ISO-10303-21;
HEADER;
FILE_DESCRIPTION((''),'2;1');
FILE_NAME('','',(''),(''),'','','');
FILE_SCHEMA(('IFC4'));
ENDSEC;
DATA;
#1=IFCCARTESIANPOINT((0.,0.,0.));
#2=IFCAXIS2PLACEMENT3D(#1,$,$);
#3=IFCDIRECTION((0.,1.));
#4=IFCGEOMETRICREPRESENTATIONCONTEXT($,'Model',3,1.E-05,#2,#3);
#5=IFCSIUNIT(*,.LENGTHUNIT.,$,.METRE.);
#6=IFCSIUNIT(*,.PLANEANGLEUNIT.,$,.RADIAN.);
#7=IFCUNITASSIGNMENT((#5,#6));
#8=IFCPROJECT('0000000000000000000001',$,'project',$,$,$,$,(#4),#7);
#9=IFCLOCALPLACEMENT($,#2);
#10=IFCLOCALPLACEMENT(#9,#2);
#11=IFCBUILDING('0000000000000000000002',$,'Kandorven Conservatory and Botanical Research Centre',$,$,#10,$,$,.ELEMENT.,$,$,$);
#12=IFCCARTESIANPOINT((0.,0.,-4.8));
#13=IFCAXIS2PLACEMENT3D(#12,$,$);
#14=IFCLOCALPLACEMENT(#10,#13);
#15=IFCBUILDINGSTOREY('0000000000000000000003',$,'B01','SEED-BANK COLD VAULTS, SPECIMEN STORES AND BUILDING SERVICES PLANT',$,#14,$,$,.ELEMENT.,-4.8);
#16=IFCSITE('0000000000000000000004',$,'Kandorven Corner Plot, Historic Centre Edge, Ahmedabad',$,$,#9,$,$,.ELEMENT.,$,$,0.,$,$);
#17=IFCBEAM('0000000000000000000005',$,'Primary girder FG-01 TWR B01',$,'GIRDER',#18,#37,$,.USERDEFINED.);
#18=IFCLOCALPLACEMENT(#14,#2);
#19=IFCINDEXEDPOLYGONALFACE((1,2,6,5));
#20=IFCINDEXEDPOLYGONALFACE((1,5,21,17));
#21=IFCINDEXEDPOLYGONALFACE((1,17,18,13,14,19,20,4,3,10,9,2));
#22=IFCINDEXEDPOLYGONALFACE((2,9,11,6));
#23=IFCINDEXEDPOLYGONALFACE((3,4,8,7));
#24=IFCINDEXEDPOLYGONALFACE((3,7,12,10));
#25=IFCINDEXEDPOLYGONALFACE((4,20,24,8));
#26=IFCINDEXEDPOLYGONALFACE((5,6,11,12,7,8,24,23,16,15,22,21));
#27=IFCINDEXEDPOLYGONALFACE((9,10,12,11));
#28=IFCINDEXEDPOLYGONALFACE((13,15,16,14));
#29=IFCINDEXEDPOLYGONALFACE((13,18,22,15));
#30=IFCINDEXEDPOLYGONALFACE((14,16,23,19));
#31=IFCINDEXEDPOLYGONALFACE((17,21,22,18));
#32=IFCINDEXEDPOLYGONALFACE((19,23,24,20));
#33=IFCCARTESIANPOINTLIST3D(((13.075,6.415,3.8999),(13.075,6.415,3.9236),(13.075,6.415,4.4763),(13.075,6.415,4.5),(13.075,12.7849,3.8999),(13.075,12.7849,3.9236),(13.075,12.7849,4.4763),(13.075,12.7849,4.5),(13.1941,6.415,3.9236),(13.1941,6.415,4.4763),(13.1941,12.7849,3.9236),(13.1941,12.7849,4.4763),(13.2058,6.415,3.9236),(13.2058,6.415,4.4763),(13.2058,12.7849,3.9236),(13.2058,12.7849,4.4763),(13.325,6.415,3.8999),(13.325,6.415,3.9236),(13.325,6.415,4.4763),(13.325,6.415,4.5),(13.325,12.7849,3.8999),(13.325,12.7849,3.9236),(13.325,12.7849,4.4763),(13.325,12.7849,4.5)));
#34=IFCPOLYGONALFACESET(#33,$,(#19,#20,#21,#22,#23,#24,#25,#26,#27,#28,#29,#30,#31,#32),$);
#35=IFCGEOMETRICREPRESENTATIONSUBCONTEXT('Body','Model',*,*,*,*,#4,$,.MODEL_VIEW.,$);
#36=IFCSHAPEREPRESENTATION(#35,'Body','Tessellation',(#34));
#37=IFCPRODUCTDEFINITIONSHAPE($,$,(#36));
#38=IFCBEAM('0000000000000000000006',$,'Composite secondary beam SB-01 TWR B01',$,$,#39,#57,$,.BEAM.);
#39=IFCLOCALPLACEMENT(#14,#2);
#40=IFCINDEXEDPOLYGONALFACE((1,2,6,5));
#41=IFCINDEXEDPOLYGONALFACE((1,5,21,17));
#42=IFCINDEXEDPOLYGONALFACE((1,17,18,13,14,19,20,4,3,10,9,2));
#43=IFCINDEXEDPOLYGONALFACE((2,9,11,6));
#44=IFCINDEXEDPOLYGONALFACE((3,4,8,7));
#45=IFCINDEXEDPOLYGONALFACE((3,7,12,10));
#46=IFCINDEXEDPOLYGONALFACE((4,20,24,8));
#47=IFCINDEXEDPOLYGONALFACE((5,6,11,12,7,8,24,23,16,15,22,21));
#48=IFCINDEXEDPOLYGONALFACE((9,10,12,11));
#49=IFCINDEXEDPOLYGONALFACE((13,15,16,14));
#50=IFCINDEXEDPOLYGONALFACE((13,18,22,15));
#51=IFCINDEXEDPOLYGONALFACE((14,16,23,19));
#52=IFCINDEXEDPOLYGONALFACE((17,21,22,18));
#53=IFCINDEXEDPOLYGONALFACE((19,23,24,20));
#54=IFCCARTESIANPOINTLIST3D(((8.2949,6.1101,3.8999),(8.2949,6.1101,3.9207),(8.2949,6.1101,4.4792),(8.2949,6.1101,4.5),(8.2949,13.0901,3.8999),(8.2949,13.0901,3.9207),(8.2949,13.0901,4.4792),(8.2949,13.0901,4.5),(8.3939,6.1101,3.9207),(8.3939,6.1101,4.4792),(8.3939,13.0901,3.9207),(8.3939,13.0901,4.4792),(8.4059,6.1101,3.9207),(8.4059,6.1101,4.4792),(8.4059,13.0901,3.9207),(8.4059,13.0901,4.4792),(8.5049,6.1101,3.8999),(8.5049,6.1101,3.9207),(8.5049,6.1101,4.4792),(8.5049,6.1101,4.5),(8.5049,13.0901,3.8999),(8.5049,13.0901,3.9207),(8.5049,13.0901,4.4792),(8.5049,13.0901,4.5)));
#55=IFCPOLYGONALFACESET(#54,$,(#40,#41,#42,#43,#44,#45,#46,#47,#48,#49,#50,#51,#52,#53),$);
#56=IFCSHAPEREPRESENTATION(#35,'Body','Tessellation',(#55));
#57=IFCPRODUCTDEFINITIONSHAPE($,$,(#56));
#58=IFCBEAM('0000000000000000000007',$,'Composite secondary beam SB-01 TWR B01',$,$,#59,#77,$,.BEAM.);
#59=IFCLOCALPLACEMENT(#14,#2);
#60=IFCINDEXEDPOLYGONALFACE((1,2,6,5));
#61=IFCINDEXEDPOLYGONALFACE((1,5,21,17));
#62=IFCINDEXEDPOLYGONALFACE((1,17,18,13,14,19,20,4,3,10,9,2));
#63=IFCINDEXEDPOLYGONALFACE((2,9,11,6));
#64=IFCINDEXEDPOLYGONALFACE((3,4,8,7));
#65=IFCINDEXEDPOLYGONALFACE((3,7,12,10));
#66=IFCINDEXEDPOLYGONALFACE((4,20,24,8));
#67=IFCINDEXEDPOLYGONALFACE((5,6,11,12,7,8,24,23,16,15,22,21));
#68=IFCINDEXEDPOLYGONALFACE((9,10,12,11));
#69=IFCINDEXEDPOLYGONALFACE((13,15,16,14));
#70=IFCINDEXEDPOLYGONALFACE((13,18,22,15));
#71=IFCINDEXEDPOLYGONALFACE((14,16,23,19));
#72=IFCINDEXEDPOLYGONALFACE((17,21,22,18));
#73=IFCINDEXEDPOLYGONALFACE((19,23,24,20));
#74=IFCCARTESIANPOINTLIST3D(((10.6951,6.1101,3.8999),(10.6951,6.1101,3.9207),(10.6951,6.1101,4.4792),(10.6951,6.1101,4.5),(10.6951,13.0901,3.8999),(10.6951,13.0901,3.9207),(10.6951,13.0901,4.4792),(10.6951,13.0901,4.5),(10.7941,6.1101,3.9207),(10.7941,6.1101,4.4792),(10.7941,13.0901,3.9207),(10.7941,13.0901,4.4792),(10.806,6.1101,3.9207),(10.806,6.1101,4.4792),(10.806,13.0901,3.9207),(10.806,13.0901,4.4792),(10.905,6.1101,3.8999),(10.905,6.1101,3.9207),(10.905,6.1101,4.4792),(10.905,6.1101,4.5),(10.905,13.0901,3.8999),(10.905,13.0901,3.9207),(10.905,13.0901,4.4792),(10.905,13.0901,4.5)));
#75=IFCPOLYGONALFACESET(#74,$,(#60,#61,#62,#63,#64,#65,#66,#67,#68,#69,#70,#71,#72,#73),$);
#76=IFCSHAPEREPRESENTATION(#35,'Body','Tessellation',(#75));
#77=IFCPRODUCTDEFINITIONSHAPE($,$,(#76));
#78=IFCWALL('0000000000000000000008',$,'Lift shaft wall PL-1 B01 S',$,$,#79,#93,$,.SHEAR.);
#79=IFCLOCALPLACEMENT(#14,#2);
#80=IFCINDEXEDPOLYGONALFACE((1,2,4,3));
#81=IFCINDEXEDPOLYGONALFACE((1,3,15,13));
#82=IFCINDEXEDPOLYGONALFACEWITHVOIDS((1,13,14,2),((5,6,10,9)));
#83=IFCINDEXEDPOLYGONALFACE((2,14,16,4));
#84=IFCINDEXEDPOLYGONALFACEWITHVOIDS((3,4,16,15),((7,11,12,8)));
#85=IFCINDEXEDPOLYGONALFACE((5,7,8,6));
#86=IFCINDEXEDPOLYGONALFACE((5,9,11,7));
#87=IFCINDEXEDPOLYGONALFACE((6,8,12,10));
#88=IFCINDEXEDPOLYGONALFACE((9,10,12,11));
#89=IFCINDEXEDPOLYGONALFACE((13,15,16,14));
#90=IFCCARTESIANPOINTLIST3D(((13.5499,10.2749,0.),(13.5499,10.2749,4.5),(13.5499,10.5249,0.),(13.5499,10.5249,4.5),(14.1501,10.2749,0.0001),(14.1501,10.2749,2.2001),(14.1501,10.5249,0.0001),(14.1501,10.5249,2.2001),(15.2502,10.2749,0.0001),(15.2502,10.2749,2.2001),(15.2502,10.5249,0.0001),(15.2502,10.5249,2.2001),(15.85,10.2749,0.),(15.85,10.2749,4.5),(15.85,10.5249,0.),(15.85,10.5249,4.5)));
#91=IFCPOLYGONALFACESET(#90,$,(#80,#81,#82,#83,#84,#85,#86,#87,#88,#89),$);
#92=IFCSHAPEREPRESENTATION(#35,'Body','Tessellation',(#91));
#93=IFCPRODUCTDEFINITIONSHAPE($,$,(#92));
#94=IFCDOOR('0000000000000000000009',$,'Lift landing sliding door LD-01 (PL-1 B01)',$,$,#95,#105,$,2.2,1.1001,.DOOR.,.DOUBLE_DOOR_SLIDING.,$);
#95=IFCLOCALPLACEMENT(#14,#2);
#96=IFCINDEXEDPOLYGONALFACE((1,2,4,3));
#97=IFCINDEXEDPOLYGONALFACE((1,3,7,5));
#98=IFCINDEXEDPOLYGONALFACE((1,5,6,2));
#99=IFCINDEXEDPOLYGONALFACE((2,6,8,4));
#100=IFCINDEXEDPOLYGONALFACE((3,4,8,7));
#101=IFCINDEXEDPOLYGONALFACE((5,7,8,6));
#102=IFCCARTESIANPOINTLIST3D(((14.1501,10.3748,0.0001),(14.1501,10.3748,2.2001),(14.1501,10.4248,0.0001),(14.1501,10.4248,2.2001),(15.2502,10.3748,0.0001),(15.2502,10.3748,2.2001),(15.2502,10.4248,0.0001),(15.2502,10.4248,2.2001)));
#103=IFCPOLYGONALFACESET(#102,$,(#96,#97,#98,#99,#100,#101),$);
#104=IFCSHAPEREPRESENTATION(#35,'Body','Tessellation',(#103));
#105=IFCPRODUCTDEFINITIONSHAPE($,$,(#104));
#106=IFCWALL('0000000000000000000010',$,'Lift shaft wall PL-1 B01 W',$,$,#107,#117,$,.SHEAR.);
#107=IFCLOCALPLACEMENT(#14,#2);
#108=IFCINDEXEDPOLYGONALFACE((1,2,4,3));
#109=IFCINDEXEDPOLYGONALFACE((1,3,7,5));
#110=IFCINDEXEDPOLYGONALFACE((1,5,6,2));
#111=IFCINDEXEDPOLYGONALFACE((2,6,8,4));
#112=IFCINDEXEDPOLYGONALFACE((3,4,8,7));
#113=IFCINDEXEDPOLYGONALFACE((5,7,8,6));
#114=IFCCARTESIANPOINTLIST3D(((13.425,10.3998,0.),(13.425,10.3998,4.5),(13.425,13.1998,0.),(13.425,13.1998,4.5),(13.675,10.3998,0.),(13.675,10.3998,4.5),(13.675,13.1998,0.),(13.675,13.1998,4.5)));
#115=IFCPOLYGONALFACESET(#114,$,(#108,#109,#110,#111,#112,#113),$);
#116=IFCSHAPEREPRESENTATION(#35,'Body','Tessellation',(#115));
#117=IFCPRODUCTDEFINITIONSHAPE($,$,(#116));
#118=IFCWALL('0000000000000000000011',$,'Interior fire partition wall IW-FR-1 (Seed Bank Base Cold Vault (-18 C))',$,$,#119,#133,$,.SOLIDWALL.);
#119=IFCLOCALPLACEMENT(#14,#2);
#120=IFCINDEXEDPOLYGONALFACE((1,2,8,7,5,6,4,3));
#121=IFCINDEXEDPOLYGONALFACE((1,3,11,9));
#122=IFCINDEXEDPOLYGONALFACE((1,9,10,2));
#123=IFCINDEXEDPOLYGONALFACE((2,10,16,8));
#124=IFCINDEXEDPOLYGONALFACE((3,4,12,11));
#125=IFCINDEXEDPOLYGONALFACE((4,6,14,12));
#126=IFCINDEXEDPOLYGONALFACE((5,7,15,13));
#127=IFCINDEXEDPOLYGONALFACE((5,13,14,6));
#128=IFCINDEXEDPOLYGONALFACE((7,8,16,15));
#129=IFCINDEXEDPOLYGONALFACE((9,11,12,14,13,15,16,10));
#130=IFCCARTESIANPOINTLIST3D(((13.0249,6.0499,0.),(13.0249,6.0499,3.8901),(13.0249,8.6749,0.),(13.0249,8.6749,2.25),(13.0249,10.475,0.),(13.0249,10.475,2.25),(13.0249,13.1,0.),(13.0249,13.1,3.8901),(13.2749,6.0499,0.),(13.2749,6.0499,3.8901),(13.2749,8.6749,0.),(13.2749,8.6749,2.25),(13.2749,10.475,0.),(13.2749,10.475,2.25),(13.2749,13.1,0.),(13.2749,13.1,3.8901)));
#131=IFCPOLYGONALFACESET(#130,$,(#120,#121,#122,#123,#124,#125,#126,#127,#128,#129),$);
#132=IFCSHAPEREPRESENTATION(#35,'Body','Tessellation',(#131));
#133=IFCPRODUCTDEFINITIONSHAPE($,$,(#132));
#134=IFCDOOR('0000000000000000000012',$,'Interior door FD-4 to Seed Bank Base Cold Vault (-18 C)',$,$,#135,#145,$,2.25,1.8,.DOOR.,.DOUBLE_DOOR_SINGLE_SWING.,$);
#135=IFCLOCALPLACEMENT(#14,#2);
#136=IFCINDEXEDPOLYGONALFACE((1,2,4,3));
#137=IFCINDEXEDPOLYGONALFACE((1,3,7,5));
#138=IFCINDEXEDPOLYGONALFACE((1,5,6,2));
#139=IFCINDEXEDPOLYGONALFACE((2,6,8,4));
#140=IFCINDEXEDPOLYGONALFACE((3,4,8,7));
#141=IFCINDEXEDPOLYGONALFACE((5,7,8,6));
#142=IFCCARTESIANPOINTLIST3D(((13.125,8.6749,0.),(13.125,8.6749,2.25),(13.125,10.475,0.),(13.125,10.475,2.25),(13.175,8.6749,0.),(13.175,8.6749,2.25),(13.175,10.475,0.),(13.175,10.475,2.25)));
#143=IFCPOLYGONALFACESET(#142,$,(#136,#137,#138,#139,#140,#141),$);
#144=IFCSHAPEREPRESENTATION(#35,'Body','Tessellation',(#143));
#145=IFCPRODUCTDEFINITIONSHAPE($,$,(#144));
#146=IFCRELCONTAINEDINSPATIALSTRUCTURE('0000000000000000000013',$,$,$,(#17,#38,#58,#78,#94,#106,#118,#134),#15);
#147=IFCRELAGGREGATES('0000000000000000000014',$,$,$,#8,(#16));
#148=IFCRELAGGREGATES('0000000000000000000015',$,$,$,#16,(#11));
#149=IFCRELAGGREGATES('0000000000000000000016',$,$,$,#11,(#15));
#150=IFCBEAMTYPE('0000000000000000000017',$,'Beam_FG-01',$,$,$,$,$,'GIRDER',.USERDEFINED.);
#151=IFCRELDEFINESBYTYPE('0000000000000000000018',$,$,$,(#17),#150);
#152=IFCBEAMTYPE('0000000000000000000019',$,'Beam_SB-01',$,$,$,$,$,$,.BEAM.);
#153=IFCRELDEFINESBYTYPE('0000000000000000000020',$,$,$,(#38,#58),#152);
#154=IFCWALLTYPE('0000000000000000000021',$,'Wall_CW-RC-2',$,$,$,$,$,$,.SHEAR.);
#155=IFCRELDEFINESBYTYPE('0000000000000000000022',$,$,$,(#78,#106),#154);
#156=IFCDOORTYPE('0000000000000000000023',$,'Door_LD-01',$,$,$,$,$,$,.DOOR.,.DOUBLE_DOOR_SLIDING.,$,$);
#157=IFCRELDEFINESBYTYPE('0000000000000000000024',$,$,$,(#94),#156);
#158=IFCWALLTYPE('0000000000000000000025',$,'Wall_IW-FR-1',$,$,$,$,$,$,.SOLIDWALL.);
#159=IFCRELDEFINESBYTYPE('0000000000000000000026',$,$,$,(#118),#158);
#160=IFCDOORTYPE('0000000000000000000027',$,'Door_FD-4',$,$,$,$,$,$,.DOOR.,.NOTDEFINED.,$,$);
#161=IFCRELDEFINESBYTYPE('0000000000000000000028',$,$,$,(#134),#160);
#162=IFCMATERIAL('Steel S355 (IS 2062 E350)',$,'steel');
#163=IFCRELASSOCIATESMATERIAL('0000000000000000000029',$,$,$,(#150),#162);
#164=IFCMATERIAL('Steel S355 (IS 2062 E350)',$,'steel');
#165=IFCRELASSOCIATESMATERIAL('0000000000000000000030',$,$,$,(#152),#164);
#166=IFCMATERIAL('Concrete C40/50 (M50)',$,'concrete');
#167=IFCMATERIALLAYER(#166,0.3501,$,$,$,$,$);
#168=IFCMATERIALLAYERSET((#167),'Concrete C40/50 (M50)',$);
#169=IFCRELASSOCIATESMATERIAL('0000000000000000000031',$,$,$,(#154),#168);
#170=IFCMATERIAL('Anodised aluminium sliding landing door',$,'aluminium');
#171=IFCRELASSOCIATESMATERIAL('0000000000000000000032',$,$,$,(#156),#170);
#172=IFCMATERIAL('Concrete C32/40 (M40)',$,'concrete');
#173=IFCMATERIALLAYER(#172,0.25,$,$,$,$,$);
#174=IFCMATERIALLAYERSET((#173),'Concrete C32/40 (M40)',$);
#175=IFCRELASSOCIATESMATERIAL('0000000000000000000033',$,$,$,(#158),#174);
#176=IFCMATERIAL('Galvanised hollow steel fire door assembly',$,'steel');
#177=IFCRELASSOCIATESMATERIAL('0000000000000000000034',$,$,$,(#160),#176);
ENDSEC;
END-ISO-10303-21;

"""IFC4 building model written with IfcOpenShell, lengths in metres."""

from ifc_helpers import new_model, si_unit, direction, frame, frame_2d, origin, origin_2d, place, context, subcontext, project, spatial, rectangle, i_section, extrude, material, layer, layer_set, material_profile, profile_set, type_object, element, fill, save


model = new_model("IFC4")

# Units and contexts
model_context = context("Model", 3, precision=1e-05, world=origin(), true_north=direction((0.0, 1.0)))
body_context = subcontext(model_context, "Body", "Model", "MODEL_VIEW")
ifc_project = project(units=[si_unit("LENGTHUNIT", "METRE"), si_unit("PLANEANGLEUNIT", "RADIAN")], contexts=[model_context])

# Site, building, storey
site_placement = place(None, origin())
site = spatial("IfcSite", under=ifc_project, at=site_placement, Name="Kandorven Corner Plot, Historic Centre Edge, Ahmedabad", CompositionType="ELEMENT", RefElevation=0.0)
building_placement = place(site_placement, origin())
building = spatial("IfcBuilding", under=site, at=building_placement, Name="Kandorven Conservatory and Botanical Research Centre", CompositionType="ELEMENT")
storey_placement = place(building_placement, frame((0.0, 0.0, -4.8)))
storey = spatial("IfcBuildingStorey", under=building, at=storey_placement, Name="B01", Description="SEED-BANK COLD VAULTS, SPECIMEN STORES AND BUILDING SERVICES PLANT", CompositionType="ELEMENT", Elevation=-4.8)

# Beams
ifc_material_1 = material(Name="Steel S355 (IS 2062 E350)", Category="steel")
ifc_material_profile_1 = material_profile(ifc_material_1, i_section(OverallWidth=0.25, OverallDepth=0.6001, WebThickness=0.0117, FlangeThickness=0.0237, at=origin_2d()))
ifc_profile_set_1 = profile_set([ifc_material_profile_1], Name="Steel S355 (IS 2062 E350)")
beam_type_1 = type_object("IfcBeamType", Name="Beam_FG-01", ElementType="GIRDER", PredefinedType="USERDEFINED", material=ifc_profile_set_1)
beam_1_placement = place(storey_placement, frame((13.2, 6.415, 4.2), z_axis=(0.0, 1.0, 0.0), x_axis=(-1.0, 0.0, 0.0)))
element("IfcBeam", 1, at=beam_1_placement, inside=storey, type_object=beam_type_1, Name="Primary girder FG-01 TWR B01", ObjectType="GIRDER", PredefinedType="USERDEFINED", context=body_context, shape_type="SweptSolid", body=[
    extrude(i_section(OverallWidth=0.25, OverallDepth=0.6001, WebThickness=0.0117, FlangeThickness=0.0237, at=origin_2d()), origin(), (0.0, 0.0, 1.0), 6.3699),
])
ifc_material_2 = material(Name="Steel S355 (IS 2062 E350)", Category="steel")
ifc_material_profile_2 = material_profile(ifc_material_2, i_section(OverallWidth=0.21, OverallDepth=0.6001, WebThickness=0.012, FlangeThickness=0.0208, at=origin_2d()))
ifc_profile_set_2 = profile_set([ifc_material_profile_2], Name="Steel S355 (IS 2062 E350)")
beam_type_2 = type_object("IfcBeamType", Name="Beam_SB-01", PredefinedType="BEAM", material=ifc_profile_set_2)
for number, where, z_axis, x_axis, name in (
    (2, (8.3999, 6.1101, 4.2), (0.0, 1.0, 0.0), (-1.0, 0.0, 0.0), "Composite secondary beam SB-01 TWR B01"),
    (3, (10.8, 6.1101, 4.2), (0.0, 1.0, 0.0), (-1.0, 0.0, 0.0), "Composite secondary beam SB-01 TWR B01"),
):
    element("IfcBeam", number, at=place(storey_placement, frame(where, z_axis=z_axis, x_axis=x_axis)), inside=storey, type_object=beam_type_2, Name=name, PredefinedType="BEAM", context=body_context, shape_type="SweptSolid", body=[
        extrude(i_section(OverallWidth=0.21, OverallDepth=0.6001, WebThickness=0.012, FlangeThickness=0.0208, at=origin_2d()), origin(), (0.0, 0.0, 1.0), 6.98),
    ])

# Wall, opening, door
ifc_material_3 = material(Name="Concrete C40/50 (M50)", Category="concrete")
ifc_layer_1 = layer(ifc_material_3, 0.3501)
ifc_layer_set_1 = layer_set([ifc_layer_1], Name="Concrete C40/50 (M50)")
wall_type_1 = type_object("IfcWallType", Name="Wall_CW-RC-2", PredefinedType="SHEAR", material=ifc_layer_set_1)
wall_1_placement = place(storey_placement, frame((13.55, 10.3999, 0.0), z_axis=(0.0, 0.0, 1.0), x_axis=(1.0, 0.0, 0.0)))
wall_1 = element("IfcWall", 4, at=wall_1_placement, inside=storey, type_object=wall_type_1, Name="Lift shaft wall PL-1 B01 S", PredefinedType="SHEAR", context=body_context, shape_type="SweptSolid", body=[
    extrude(rectangle(XDim=2.3, YDim=0.25, at=frame_2d((1.1499, 0.0))), origin(), (0.0, 0.0, 1.0), 4.5),
])
opening_1_placement = place(wall_1_placement, frame((0.6001, 0.0, 0.0)))
opening_1 = element("IfcOpeningElement", 5, at=opening_1_placement, cuts=wall_1, PredefinedType="OPENING", context=body_context, shape_type="SweptSolid", body=[
    extrude(rectangle(XDim=1.1001, YDim=2.2, at=frame_2d((0.55, 1.1001))), frame((0.0, 0.135, 0.0), z_axis=(0.0, -1.0, 0.0), x_axis=(1.0, 0.0, 0.0)), (0.0, 0.0, 1.0), 0.27),
])
ifc_material_4 = material(Name="Anodised aluminium sliding landing door", Category="aluminium")
door_type_1 = type_object("IfcDoorType", Name="Door_LD-01", OperationType="DOUBLE_DOOR_SLIDING", PredefinedType="DOOR", material=ifc_material_4)
door_1_placement = place(opening_1_placement, origin())
door_1 = element("IfcDoor", 6, at=door_1_placement, inside=storey, type_object=door_type_1, Name="Lift landing sliding door LD-01 (PL-1 B01)", OperationType="DOUBLE_DOOR_SLIDING", OverallHeight=2.2, OverallWidth=1.1001, PredefinedType="DOOR", context=body_context, shape_type="SweptSolid", body=[
    extrude(rectangle(XDim=1.1001, YDim=2.2, at=frame_2d((0.55, 1.1001))), frame((0.0, 0.0249, 0.0), z_axis=(0.0, -1.0, 0.0), x_axis=(1.0, 0.0, 0.0)), (0.0, 0.0, 1.0), 0.05),
])
fill(opening_1, door_1)

# Wall
wall_2_placement = place(storey_placement, frame((13.55, 10.3999, 0.0), z_axis=(0.0, 0.0, 1.0), x_axis=(0.0, 1.0, 0.0)))
element("IfcWall", 7, at=wall_2_placement, inside=storey, type_object=wall_type_1, Name="Lift shaft wall PL-1 B01 W", PredefinedType="SHEAR", context=body_context, shape_type="SweptSolid", body=[
    extrude(rectangle(XDim=2.8, YDim=0.25, at=frame_2d((1.3999, 0.0))), origin(), (0.0, 0.0, 1.0), 4.5),
])

# Wall, opening, door
ifc_material_5 = material(Name="Concrete C32/40 (M40)", Category="concrete")
ifc_layer_2 = layer(ifc_material_5, 0.25)
ifc_layer_set_2 = layer_set([ifc_layer_2], Name="Concrete C32/40 (M40)")
wall_type_2 = type_object("IfcWallType", Name="Wall_IW-FR-1", PredefinedType="SOLIDWALL", material=ifc_layer_set_2)
wall_3_placement = place(storey_placement, frame((13.1499, 6.05, 0.0), z_axis=(0.0, 0.0, 1.0), x_axis=(0.0, 1.0, 0.0)))
wall_3 = element("IfcWall", 8, at=wall_3_placement, inside=storey, type_object=wall_type_2, Name="Interior fire partition wall IW-FR-1 (Seed Bank Base Cold Vault (-18 C))", PredefinedType="SOLIDWALL", context=body_context, shape_type="SweptSolid", body=[
    extrude(rectangle(XDim=7.05, YDim=0.25, at=frame_2d((3.5249, 0.0))), origin(), (0.0, 0.0, 1.0), 3.8901),
])
opening_2_placement = place(wall_3_placement, frame((2.625, 0.0, 0.0)))
opening_2 = element("IfcOpeningElement", 9, at=opening_2_placement, cuts=wall_3, PredefinedType="OPENING", context=body_context, shape_type="SweptSolid", body=[
    extrude(rectangle(XDim=1.8, YDim=2.25, at=frame_2d((0.8999, 1.125))), frame((0.0, 0.135, 0.0), z_axis=(0.0, -1.0, 0.0), x_axis=(1.0, 0.0, 0.0)), (0.0, 0.0, 1.0), 0.27),
])
ifc_material_6 = material(Name="Galvanised hollow steel fire door assembly", Category="steel")
door_type_2 = type_object("IfcDoorType", Name="Door_FD-4", OperationType="NOTDEFINED", PredefinedType="DOOR", material=ifc_material_6)
door_2_placement = place(opening_2_placement, origin())
door_2 = element("IfcDoor", 10, at=door_2_placement, inside=storey, type_object=door_type_2, Name="Interior door FD-4 to Seed Bank Base Cold Vault (-18 C)", OperationType="DOUBLE_DOOR_SINGLE_SWING", OverallHeight=2.25, OverallWidth=1.8, PredefinedType="DOOR", context=body_context, shape_type="SweptSolid", body=[
    extrude(rectangle(XDim=1.8, YDim=2.25, at=frame_2d((0.8999, 1.125))), frame((0.0, 0.0249, 0.0), z_axis=(0.0, -1.0, 0.0), x_axis=(1.0, 0.0, 0.0)), (0.0, 0.0, 1.0), 0.05),
])
fill(opening_2, door_2)

save(model, "model.ifc")
